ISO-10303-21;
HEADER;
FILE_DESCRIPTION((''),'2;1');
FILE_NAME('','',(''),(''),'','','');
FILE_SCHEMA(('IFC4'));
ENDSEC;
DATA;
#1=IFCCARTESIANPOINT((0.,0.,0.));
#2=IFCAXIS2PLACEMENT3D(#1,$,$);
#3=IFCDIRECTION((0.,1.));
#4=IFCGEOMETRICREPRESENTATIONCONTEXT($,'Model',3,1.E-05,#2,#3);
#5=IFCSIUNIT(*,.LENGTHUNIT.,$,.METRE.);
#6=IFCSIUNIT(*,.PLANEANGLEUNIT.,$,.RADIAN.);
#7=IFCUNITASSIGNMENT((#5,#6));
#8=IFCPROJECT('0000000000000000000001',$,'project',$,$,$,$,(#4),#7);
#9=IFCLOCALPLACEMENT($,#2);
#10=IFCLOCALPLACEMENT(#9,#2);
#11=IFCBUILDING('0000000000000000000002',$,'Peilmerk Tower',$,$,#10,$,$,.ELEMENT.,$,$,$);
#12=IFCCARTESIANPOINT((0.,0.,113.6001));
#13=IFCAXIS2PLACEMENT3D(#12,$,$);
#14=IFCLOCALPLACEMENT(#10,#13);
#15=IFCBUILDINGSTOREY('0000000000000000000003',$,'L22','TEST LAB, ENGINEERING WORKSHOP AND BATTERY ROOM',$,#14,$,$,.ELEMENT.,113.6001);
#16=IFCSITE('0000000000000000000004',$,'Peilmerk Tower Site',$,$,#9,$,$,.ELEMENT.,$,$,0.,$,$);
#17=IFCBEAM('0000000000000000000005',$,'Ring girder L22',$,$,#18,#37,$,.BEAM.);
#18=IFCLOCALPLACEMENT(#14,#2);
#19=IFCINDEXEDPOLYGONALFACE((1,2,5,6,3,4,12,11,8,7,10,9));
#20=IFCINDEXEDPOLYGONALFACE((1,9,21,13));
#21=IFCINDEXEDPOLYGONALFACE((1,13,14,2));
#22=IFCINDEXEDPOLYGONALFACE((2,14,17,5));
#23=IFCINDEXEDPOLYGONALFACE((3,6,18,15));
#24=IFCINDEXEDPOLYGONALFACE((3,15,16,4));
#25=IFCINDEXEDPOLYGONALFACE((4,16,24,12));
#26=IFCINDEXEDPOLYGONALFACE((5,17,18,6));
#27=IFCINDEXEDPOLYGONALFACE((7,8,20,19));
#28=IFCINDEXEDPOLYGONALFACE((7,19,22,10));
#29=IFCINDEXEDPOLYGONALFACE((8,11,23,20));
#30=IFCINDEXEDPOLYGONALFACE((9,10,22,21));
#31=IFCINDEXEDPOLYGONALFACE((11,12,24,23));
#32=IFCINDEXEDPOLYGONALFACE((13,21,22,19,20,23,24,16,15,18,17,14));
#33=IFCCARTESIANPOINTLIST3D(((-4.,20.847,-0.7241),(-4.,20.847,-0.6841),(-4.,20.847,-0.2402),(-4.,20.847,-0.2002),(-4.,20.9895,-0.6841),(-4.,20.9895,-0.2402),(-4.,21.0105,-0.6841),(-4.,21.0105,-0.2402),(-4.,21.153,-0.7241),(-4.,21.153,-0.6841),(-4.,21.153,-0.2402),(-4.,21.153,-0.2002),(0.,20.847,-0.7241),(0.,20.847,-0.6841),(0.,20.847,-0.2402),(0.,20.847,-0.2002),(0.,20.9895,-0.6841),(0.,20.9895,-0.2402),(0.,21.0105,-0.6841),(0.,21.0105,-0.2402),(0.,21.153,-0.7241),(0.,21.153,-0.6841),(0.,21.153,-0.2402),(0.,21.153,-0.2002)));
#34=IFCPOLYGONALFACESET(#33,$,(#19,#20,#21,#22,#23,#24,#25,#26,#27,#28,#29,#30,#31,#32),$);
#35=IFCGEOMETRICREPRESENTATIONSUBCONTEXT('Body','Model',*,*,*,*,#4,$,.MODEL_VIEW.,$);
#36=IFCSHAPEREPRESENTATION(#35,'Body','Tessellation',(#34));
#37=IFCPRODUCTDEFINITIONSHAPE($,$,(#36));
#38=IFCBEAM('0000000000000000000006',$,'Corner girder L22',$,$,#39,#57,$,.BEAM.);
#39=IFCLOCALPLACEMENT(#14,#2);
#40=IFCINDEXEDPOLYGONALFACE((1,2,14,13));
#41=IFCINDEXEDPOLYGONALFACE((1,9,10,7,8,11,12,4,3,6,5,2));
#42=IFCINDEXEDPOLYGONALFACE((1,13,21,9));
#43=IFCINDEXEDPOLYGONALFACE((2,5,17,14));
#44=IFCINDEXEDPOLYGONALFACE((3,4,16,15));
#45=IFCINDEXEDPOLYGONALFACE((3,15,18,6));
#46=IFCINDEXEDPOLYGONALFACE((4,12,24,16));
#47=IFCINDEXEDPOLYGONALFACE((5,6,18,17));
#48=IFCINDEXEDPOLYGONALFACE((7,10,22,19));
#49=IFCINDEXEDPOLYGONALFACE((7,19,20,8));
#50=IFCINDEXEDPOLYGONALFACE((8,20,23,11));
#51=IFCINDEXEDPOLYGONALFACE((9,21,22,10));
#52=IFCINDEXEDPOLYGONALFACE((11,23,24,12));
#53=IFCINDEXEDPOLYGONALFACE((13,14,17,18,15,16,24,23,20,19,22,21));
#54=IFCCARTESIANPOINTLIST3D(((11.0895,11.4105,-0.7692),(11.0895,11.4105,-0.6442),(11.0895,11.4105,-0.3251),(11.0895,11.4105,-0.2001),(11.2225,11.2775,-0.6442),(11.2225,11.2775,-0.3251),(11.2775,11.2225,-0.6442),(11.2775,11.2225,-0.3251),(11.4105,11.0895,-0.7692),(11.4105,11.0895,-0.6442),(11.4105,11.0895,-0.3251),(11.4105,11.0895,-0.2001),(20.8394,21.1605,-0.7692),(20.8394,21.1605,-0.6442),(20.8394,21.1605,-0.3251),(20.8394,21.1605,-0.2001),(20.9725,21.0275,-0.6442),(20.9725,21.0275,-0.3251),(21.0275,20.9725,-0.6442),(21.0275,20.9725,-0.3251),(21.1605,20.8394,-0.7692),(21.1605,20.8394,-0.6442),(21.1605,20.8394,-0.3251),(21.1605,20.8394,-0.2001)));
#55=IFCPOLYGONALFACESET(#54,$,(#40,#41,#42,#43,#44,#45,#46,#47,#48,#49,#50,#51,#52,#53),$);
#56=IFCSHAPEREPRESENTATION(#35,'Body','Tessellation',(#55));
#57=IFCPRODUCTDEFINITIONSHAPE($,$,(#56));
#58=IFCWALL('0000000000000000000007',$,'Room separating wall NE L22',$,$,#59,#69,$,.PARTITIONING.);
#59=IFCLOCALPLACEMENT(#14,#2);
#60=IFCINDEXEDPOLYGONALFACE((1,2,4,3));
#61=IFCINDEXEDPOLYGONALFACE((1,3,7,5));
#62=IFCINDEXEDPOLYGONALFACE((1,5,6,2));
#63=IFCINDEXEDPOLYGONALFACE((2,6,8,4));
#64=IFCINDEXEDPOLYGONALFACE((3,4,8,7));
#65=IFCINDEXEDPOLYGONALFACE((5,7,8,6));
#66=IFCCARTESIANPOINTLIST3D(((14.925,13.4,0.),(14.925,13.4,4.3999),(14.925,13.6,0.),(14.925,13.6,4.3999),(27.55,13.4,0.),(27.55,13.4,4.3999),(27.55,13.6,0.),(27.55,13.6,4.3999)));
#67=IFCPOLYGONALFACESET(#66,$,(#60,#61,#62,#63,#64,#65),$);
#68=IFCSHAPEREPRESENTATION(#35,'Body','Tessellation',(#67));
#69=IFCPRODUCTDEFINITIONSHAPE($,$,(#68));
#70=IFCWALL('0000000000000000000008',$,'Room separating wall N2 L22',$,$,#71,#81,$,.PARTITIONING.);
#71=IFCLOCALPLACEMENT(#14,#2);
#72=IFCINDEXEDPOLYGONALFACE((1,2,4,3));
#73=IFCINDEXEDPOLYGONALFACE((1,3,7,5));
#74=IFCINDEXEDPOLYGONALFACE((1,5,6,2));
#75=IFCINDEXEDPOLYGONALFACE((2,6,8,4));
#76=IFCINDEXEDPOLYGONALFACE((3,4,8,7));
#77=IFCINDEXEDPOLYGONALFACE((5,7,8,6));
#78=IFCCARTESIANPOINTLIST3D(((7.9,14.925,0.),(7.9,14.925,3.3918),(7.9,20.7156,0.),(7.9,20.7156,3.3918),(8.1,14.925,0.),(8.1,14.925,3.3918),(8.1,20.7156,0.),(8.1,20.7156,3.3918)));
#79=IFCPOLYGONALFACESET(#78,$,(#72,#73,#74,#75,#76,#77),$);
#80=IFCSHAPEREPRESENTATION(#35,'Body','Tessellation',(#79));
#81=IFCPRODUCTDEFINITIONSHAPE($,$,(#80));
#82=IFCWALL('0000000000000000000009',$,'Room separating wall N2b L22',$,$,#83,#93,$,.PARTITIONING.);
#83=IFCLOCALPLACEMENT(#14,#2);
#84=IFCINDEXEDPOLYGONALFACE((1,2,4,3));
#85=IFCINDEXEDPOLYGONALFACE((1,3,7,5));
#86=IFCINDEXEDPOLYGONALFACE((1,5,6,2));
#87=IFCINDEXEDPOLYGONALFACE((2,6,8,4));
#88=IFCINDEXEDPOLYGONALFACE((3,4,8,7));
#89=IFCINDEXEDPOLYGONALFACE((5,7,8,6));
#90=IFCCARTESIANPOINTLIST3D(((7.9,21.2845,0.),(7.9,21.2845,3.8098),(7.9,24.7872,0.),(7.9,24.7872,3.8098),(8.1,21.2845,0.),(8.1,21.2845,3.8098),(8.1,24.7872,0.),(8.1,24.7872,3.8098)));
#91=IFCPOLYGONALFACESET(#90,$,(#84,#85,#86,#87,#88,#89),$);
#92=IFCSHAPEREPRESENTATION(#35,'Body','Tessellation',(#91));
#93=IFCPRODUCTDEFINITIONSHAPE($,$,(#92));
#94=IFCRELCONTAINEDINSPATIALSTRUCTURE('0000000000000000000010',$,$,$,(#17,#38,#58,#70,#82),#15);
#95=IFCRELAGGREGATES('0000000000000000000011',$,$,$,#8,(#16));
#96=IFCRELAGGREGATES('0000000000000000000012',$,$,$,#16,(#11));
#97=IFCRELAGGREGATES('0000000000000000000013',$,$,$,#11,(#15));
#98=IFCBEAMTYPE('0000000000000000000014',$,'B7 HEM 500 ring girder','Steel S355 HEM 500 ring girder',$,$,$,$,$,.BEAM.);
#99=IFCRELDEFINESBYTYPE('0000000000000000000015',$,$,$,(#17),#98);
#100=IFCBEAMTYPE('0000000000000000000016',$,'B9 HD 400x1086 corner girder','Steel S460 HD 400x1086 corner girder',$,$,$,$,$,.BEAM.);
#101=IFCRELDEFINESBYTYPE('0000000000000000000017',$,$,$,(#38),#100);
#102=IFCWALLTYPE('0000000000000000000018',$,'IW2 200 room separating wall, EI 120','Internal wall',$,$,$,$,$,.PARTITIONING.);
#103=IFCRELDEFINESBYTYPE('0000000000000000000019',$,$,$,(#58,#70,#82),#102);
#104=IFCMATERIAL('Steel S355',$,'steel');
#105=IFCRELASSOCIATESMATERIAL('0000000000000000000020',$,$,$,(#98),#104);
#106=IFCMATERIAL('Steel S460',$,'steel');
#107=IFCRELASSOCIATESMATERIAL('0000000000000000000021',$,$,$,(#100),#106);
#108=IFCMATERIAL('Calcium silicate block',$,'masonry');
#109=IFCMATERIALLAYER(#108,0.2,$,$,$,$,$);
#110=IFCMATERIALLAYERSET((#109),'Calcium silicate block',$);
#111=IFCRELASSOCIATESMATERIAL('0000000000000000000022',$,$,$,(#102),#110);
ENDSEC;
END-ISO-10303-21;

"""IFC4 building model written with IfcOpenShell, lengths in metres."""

from ifc_helpers import new_model, si_unit, direction, frame, frame_2d, origin, origin_2d, place, context, subcontext, project, spatial, rectangle, i_section, extrude, material, layer, layer_set, material_profile, profile_set, type_object, element, save


model = new_model("IFC4")

# Units and contexts
model_context = context("Model", 3, precision=1e-05, world=origin(), true_north=direction((0.0, 1.0)))
body_context = subcontext(model_context, "Body", "Model", "MODEL_VIEW")
ifc_project = project(units=[si_unit("LENGTHUNIT", "METRE"), si_unit("PLANEANGLEUNIT", "RADIAN")], contexts=[model_context])

# Site, building, storey
site_placement = place(None, origin())
site = spatial("IfcSite", under=ifc_project, at=site_placement, Name="Peilmerk Tower Site", CompositionType="ELEMENT", RefElevation=0.0)
building_placement = place(site_placement, origin())
building = spatial("IfcBuilding", under=site, at=building_placement, Name="Peilmerk Tower", CompositionType="ELEMENT")
storey_placement = place(building_placement, frame((0.0, 0.0, 113.6001)))
storey = spatial("IfcBuildingStorey", under=building, at=storey_placement, Name="L22", Description="TEST LAB, ENGINEERING WORKSHOP AND BATTERY ROOM", CompositionType="ELEMENT", Elevation=113.6001)

# Shared definitions
ifc_material_1 = material(Name="Steel S460", Category="steel")

# Beams
ifc_material_2 = material(Name="Steel S355", Category="steel")
ifc_material_profile_1 = material_profile(ifc_material_2, i_section(OverallWidth=0.3059, OverallDepth=0.5239, WebThickness=0.021, FlangeThickness=0.04, at=origin_2d()), Name="HEM 500")
ifc_profile_set_1 = profile_set([ifc_material_profile_1], Name="Steel S355")
beam_type_1 = type_object("IfcBeamType", Name="B7 HEM 500 ring girder", Description="Steel S355 HEM 500 ring girder", PredefinedType="BEAM", material=ifc_profile_set_1)
for number, where, z_axis, x_axis, name in (
    (1, (0.0, 21.0, -0.4622), (-1.0, 0.0, 0.0), (0.0, -1.0, 0.0), "Ring girder L22"),
):
    element("IfcBeam", number, at=place(storey_placement, frame(where, z_axis=z_axis, x_axis=x_axis)), inside=storey, type_object=beam_type_1, Name=name, PredefinedType="BEAM", context=body_context, shape_type="SweptSolid", body=[
        extrude(i_section(OverallWidth=0.3059, OverallDepth=0.5239, WebThickness=0.021, FlangeThickness=0.04, at=origin_2d()), origin(), (0.0, 0.0, 1.0), 4.0),
    ])
ifc_material_profile_2 = material_profile(ifc_material_1, i_section(OverallWidth=0.4541, OverallDepth=0.5691, WebThickness=0.0779, FlangeThickness=0.125, at=origin_2d()), Name="HD 400x1086")
ifc_profile_set_2 = profile_set([ifc_material_profile_2], Name="Steel S460")
beam_type_2 = type_object("IfcBeamType", Name="B9 HD 400x1086 corner girder", Description="Steel S460 HD 400x1086 corner girder", PredefinedType="BEAM", material=ifc_profile_set_2)
beam_1_placement = place(storey_placement, frame((11.25, 11.25, -0.4846), z_axis=(0.707107, 0.707107, 0.0), x_axis=(-0.707107, 0.707107, 0.0)))
element("IfcBeam", 2, at=beam_1_placement, inside=storey, type_object=beam_type_2, Name="Corner girder L22", PredefinedType="BEAM", context=body_context, shape_type="SweptSolid", body=[
    extrude(i_section(OverallWidth=0.4541, OverallDepth=0.5691, WebThickness=0.0779, FlangeThickness=0.125, at=origin_2d()), origin(), (0.0, 0.0, 1.0), 13.7886),
])

# Walls
ifc_material_3 = material(Name="Calcium silicate block", Category="masonry")
ifc_layer = layer(ifc_material_3, 0.2)
ifc_layer_set = layer_set([ifc_layer], Name="Calcium silicate block")
wall_type = type_object("IfcWallType", Name="IW2 200 room separating wall, EI 120", Description="Internal wall", PredefinedType="PARTITIONING", material=ifc_layer_set)
wall_1_placement = place(storey_placement, frame((14.925, 13.5, 0.0), z_axis=(0.0, 0.0, 1.0), x_axis=(1.0, 0.0, 0.0)))
element("IfcWall", 3, at=wall_1_placement, inside=storey, type_object=wall_type, Name="Room separating wall NE L22", PredefinedType="PARTITIONING", context=body_context, shape_type="SweptSolid", body=[
    extrude(rectangle(XDim=12.625, YDim=0.2, at=frame_2d((6.3125, 0.0))), origin(), (0.0, 0.0, 1.0), 4.3999),
])
wall_2_placement = place(storey_placement, frame((8.0, 14.925, 0.0), z_axis=(0.0, 0.0, 1.0), x_axis=(0.0, 1.0, 0.0)))
element("IfcWall", 4, at=wall_2_placement, inside=storey, type_object=wall_type, Name="Room separating wall N2 L22", PredefinedType="PARTITIONING", context=body_context, shape_type="SweptSolid", body=[
    extrude(rectangle(XDim=5.7905, YDim=0.2, at=frame_2d((2.8953, 0.0))), origin(), (0.0, 0.0, 1.0), 3.3918),
])
wall_3_placement = place(storey_placement, frame((8.0, 21.2844, 0.0), z_axis=(0.0, 0.0, 1.0), x_axis=(0.0, 1.0, 0.0)))
element("IfcWall", 5, at=wall_3_placement, inside=storey, type_object=wall_type, Name="Room separating wall N2b L22", PredefinedType="PARTITIONING", context=body_context, shape_type="SweptSolid", body=[
    extrude(rectangle(XDim=3.5027, YDim=0.2, at=frame_2d((1.7515, 0.0))), origin(), (0.0, 0.0, 1.0), 3.8098),
])

save(model, "model.ifc")
